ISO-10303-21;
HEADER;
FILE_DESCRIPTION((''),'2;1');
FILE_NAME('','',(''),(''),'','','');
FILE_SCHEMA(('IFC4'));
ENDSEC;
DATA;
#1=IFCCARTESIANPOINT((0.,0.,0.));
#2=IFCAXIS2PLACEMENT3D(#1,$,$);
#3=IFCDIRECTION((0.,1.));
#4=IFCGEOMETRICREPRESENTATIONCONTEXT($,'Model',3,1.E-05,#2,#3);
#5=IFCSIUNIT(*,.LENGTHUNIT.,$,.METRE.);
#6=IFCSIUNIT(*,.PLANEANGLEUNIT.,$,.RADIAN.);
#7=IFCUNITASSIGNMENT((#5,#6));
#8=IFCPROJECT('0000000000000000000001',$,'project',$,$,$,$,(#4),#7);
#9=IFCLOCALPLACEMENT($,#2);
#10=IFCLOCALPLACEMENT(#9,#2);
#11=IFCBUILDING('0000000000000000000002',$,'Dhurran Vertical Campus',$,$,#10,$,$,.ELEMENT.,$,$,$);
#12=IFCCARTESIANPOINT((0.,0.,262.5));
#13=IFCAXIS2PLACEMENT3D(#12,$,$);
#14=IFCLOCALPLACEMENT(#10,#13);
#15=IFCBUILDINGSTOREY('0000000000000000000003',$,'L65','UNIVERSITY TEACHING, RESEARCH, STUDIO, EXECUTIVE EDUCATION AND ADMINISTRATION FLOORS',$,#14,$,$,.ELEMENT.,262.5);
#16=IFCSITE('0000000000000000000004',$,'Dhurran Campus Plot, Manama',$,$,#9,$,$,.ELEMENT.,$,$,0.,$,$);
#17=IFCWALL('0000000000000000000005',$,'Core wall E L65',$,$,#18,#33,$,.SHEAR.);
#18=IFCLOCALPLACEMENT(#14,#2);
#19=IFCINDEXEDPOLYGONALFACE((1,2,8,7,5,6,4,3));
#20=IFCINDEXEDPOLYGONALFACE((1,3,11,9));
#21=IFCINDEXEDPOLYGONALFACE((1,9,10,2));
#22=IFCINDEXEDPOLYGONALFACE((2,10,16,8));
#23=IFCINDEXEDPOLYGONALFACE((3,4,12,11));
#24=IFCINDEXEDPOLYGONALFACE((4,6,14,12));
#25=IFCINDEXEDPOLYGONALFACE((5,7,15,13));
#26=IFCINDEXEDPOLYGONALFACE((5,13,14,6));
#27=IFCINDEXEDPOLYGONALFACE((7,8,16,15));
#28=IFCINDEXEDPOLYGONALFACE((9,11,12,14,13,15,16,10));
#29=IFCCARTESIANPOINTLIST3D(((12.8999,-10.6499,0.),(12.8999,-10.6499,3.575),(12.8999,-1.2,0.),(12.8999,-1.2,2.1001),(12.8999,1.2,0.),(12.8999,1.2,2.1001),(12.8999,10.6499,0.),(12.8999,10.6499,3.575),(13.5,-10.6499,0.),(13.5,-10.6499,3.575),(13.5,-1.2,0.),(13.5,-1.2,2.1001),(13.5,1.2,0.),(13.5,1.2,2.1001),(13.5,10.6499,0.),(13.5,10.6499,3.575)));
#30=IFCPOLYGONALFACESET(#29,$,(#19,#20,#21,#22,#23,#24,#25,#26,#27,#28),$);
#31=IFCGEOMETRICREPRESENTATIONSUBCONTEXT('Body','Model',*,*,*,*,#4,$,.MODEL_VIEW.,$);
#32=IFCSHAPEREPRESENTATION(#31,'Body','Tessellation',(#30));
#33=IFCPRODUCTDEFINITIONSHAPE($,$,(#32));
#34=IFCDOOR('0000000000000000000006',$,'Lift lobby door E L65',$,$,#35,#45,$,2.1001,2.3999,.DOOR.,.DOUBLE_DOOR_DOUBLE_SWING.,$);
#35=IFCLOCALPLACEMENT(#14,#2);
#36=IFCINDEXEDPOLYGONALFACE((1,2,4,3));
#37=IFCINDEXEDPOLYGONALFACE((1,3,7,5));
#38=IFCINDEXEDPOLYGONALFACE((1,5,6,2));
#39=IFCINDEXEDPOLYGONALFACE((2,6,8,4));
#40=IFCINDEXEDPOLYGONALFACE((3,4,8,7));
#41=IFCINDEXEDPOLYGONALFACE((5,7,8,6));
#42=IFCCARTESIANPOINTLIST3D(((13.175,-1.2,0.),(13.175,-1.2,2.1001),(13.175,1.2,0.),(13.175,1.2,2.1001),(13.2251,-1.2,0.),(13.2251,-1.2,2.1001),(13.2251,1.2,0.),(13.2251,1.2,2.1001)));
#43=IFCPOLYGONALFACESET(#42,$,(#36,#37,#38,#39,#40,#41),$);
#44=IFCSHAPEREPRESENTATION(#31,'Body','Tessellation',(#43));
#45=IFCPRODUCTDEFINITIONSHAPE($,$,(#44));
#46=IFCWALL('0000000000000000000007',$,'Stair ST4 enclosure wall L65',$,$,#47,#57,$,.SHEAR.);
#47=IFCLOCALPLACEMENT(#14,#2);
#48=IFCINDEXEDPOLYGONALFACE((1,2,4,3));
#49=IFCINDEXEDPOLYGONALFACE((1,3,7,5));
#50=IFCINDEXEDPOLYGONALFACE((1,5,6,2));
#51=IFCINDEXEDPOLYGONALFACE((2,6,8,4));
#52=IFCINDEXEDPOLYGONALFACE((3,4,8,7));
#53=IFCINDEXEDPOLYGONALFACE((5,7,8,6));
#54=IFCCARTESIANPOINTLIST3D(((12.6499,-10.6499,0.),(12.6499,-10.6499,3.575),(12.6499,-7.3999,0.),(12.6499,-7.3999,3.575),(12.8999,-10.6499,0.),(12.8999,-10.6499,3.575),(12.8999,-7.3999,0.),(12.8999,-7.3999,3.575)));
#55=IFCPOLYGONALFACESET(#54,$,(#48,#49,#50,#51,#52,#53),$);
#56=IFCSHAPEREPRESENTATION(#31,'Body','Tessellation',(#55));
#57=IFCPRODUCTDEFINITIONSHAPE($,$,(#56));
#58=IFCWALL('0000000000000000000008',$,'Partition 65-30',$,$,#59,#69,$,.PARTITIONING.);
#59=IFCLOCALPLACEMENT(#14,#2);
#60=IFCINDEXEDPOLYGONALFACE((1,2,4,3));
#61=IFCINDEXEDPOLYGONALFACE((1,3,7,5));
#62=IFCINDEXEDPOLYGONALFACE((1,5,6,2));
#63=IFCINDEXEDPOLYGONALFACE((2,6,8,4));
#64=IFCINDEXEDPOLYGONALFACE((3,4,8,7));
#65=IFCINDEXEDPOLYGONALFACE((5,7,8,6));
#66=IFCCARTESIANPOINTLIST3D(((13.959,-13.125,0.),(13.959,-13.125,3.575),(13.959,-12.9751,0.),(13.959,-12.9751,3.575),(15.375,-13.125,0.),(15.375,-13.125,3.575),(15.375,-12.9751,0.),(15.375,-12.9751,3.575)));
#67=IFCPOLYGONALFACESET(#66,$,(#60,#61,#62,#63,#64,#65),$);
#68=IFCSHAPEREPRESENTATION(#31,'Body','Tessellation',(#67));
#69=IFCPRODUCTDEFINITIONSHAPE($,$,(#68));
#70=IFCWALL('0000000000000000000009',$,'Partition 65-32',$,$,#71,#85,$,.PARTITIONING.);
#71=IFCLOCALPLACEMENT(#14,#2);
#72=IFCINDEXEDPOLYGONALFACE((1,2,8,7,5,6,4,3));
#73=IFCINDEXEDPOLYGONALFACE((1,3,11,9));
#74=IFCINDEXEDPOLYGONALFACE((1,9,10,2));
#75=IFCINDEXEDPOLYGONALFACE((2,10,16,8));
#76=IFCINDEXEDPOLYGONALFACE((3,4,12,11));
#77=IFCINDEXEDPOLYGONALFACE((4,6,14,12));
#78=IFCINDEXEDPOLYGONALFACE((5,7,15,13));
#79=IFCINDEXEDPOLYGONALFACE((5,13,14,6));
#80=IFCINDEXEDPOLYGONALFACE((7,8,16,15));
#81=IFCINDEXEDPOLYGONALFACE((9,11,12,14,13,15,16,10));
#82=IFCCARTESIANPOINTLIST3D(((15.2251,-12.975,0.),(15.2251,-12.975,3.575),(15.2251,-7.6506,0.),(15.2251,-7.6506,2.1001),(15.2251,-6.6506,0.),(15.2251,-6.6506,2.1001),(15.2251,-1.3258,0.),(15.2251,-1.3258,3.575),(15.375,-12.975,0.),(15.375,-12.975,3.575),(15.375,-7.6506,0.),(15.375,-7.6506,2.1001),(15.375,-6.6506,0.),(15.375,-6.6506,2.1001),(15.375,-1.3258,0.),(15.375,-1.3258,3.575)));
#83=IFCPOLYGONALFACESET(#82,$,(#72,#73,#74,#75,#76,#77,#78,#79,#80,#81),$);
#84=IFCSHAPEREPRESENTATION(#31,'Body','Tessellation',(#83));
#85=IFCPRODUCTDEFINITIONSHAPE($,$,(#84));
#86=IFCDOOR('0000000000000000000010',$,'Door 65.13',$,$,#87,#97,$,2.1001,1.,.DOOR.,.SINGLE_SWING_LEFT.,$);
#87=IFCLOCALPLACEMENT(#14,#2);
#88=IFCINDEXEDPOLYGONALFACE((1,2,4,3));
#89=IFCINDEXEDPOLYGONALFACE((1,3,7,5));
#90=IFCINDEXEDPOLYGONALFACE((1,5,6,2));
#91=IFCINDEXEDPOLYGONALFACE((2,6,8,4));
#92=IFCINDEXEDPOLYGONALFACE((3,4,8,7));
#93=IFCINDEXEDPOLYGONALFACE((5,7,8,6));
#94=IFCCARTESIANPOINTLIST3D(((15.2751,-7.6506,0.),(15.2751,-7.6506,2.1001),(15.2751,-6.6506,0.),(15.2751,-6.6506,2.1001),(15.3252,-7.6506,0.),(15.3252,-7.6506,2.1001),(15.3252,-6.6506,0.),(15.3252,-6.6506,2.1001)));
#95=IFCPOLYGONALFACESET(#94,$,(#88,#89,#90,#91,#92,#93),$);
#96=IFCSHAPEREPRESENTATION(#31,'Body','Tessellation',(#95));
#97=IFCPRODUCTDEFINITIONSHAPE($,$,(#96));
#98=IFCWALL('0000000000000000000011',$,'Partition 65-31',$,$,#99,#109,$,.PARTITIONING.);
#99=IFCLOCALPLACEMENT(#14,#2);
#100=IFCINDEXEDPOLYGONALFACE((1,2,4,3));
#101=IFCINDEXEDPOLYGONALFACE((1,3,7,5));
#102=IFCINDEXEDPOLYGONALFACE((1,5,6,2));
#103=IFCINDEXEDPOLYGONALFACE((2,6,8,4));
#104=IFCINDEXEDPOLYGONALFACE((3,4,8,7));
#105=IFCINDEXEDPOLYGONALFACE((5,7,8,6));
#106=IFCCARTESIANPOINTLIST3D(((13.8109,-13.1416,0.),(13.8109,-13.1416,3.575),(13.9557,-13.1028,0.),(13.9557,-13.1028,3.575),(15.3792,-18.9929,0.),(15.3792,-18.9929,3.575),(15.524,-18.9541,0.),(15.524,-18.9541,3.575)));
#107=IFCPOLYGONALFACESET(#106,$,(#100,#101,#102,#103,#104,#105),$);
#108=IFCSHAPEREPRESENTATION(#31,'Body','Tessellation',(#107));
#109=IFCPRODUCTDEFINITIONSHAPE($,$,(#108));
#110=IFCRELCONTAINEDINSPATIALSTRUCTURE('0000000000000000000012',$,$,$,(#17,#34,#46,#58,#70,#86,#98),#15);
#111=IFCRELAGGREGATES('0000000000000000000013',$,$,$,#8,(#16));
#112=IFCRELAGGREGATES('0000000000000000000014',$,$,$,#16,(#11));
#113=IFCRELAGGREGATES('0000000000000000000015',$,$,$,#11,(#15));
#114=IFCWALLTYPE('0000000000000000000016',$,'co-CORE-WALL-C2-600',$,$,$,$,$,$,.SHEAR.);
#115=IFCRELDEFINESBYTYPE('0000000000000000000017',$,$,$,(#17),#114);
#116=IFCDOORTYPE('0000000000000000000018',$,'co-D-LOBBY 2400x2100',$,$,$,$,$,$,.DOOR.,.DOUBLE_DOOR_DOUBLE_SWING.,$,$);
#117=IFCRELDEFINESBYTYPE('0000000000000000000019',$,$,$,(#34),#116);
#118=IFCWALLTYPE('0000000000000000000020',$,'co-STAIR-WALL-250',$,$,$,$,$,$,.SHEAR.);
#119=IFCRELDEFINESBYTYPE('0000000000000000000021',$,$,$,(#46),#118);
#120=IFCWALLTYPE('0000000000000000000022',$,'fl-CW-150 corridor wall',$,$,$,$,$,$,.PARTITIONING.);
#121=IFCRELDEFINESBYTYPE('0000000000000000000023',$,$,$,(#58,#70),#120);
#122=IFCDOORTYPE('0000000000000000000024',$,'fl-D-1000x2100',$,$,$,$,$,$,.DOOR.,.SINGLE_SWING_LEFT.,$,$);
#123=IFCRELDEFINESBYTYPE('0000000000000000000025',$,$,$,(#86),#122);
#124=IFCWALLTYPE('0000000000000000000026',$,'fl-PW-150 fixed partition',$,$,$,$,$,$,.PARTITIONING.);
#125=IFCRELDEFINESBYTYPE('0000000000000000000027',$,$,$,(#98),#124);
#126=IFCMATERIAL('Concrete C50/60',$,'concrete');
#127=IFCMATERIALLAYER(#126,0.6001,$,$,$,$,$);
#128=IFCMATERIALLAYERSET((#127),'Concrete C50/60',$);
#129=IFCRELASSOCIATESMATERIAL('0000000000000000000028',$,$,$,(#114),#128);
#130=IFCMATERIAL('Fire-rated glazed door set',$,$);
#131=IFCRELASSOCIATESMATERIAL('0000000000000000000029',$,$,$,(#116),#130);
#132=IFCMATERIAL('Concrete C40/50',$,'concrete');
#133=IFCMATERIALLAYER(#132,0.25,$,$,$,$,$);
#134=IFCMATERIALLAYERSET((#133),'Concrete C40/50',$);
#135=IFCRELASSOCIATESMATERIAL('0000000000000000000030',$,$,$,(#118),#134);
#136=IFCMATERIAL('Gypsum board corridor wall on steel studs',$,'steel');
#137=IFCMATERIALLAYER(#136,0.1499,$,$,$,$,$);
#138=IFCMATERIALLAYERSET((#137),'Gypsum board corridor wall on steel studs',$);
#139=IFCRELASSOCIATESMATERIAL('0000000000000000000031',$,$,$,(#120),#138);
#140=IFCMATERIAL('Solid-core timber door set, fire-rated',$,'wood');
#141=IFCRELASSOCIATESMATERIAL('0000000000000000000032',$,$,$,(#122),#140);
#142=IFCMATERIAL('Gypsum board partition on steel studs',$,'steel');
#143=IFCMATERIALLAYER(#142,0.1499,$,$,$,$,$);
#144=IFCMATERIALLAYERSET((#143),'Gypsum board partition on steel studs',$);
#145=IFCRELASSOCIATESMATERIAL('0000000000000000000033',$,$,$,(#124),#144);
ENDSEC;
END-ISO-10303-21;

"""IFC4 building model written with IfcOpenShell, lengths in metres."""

from ifc_helpers import new_model, si_unit, direction, frame, frame_2d, origin, place, context, subcontext, project, spatial, rectangle, extrude, material, layer, layer_set, type_object, element, fill, save


model = new_model("IFC4")

# Units and contexts
model_context = context("Model", 3, precision=1e-05, world=origin(), true_north=direction((0.0, 1.0)))
body_context = subcontext(model_context, "Body", "Model", "MODEL_VIEW")
ifc_project = project(units=[si_unit("LENGTHUNIT", "METRE"), si_unit("PLANEANGLEUNIT", "RADIAN")], contexts=[model_context])

# Site, building, storey
site_placement = place(None, origin())
site = spatial("IfcSite", under=ifc_project, at=site_placement, Name="Dhurran Campus Plot, Manama", CompositionType="ELEMENT", RefElevation=0.0)
building_placement = place(site_placement, origin())
building = spatial("IfcBuilding", under=site, at=building_placement, Name="Dhurran Vertical Campus", CompositionType="ELEMENT")
storey_placement = place(building_placement, frame((0.0, 0.0, 262.5)))
storey = spatial("IfcBuildingStorey", under=building, at=storey_placement, Name="L65", Description="UNIVERSITY TEACHING, RESEARCH, STUDIO, EXECUTIVE EDUCATION AND ADMINISTRATION FLOORS", CompositionType="ELEMENT", Elevation=262.5)

# Wall, opening, door
ifc_material_1 = material(Name="Concrete C50/60", Category="concrete")
ifc_layer_1 = layer(ifc_material_1, 0.6001)
ifc_layer_set_1 = layer_set([ifc_layer_1], Name="Concrete C50/60")
wall_type_1 = type_object("IfcWallType", Name="co-CORE-WALL-C2-600", PredefinedType="SHEAR", material=ifc_layer_set_1)
wall_1_placement = place(storey_placement, frame((13.2, -10.6499, 0.0), z_axis=(0.0, 0.0, 1.0), x_axis=(0.0, 1.0, 0.0)))
wall_1 = element("IfcWall", 1, at=wall_1_placement, inside=storey, type_object=wall_type_1, Name="Core wall E L65", PredefinedType="SHEAR", context=body_context, shape_type="SweptSolid", body=[
    extrude(rectangle(XDim=21.2998, YDim=0.6001, at=frame_2d((10.6499, 0.0))), origin(), (0.0, 0.0, 1.0), 3.575),
])
opening_1_placement = place(wall_1_placement, frame((9.45, 0.0, 0.0)))
opening_1 = element("IfcOpeningElement", 2, at=opening_1_placement, cuts=wall_1, PredefinedType="OPENING", context=body_context, shape_type="SweptSolid", body=[
    extrude(rectangle(XDim=2.3999, YDim=2.1001, at=frame_2d((1.2, 1.05))), frame((0.0, 0.3101, 0.0), z_axis=(0.0, -1.0, 0.0), x_axis=(1.0, 0.0, 0.0)), (0.0, 0.0, 1.0), 0.6201),
])
ifc_material_2 = material(Name="Fire-rated glazed door set")
door_type_1 = type_object("IfcDoorType", Name="co-D-LOBBY 2400x2100", OperationType="DOUBLE_DOOR_DOUBLE_SWING", PredefinedType="DOOR", material=ifc_material_2)
door_1_placement = place(opening_1_placement, origin())
door_1 = element("IfcDoor", 3, at=door_1_placement, inside=storey, type_object=door_type_1, Name="Lift lobby door E L65", OperationType="DOUBLE_DOOR_DOUBLE_SWING", OverallHeight=2.1001, OverallWidth=2.3999, PredefinedType="DOOR", context=body_context, shape_type="SweptSolid", body=[
    extrude(rectangle(XDim=2.3999, YDim=2.1001, at=frame_2d((1.2, 1.05))), frame((0.0, 0.0249, 0.0), z_axis=(0.0, -1.0, 0.0), x_axis=(1.0, 0.0, 0.0)), (0.0, 0.0, 1.0), 0.05),
])
fill(opening_1, door_1)

# Walls
ifc_material_3 = material(Name="Concrete C40/50", Category="concrete")
ifc_layer_2 = layer(ifc_material_3, 0.25)
ifc_layer_set_2 = layer_set([ifc_layer_2], Name="Concrete C40/50")
wall_type_2 = type_object("IfcWallType", Name="co-STAIR-WALL-250", PredefinedType="SHEAR", material=ifc_layer_set_2)
wall_2_placement = place(storey_placement, frame((12.7749, -10.6499, 0.0), z_axis=(0.0, 0.0, 1.0), x_axis=(0.0, 1.0, 0.0)))
element("IfcWall", 4, at=wall_2_placement, inside=storey, type_object=wall_type_2, Name="Stair ST4 enclosure wall L65", PredefinedType="SHEAR", context=body_context, shape_type="SweptSolid", body=[
    extrude(rectangle(XDim=3.25, YDim=0.25, at=frame_2d((1.625, 0.0))), origin(), (0.0, 0.0, 1.0), 3.575),
])
ifc_material_4 = material(Name="Gypsum board corridor wall on steel studs", Category="steel")
ifc_layer_3 = layer(ifc_material_4, 0.1499)
ifc_layer_set_3 = layer_set([ifc_layer_3], Name="Gypsum board corridor wall on steel studs")
wall_type_3 = type_object("IfcWallType", Name="fl-CW-150 corridor wall", PredefinedType="PARTITIONING", material=ifc_layer_set_3)
wall_3_placement = place(storey_placement, frame((13.959, -13.05, 0.0), z_axis=(0.0, 0.0, 1.0), x_axis=(1.0, 0.0, 0.0)))
element("IfcWall", 5, at=wall_3_placement, inside=storey, type_object=wall_type_3, Name="Partition 65-30", PredefinedType="PARTITIONING", context=body_context, shape_type="SweptSolid", body=[
    extrude(rectangle(XDim=1.416, YDim=0.1499, at=frame_2d((0.708, 0.0))), origin(), (0.0, 0.0, 1.0), 3.575),
])

# Wall, opening, door
wall_4_placement = place(storey_placement, frame((15.3, -12.9751, 0.0), z_axis=(0.0, 0.0, 1.0), x_axis=(0.0, 1.0, 0.0)))
wall_4 = element("IfcWall", 6, at=wall_4_placement, inside=storey, type_object=wall_type_3, Name="Partition 65-32", PredefinedType="PARTITIONING", context=body_context, shape_type="SweptSolid", body=[
    extrude(rectangle(XDim=11.6492, YDim=0.1499, at=frame_2d((5.8247, 0.0))), origin(), (0.0, 0.0, 1.0), 3.575),
])
opening_2_placement = place(wall_4_placement, frame((5.3245, 0.0, 0.0)))
opening_2 = element("IfcOpeningElement", 7, at=opening_2_placement, cuts=wall_4, PredefinedType="OPENING", context=body_context, shape_type="SweptSolid", body=[
    extrude(rectangle(XDim=1.0, YDim=2.1001, at=frame_2d((0.5, 1.05))), frame((0.0, 0.085, 0.0), z_axis=(0.0, -1.0, 0.0), x_axis=(1.0, 0.0, 0.0)), (0.0, 0.0, 1.0), 0.1699),
])
ifc_material_5 = material(Name="Solid-core timber door set, fire-rated", Category="wood")
door_type_2 = type_object("IfcDoorType", Name="fl-D-1000x2100", OperationType="SINGLE_SWING_LEFT", PredefinedType="DOOR", material=ifc_material_5)
door_2_placement = place(opening_2_placement, origin())
door_2 = element("IfcDoor", 8, at=door_2_placement, inside=storey, type_object=door_type_2, Name="Door 65.13", OperationType="SINGLE_SWING_LEFT", OverallHeight=2.1001, OverallWidth=1.0, PredefinedType="DOOR", context=body_context, shape_type="SweptSolid", body=[
    extrude(rectangle(XDim=1.0, YDim=2.1001, at=frame_2d((0.5, 1.05))), frame((0.0, 0.0249, 0.0), z_axis=(0.0, -1.0, 0.0), x_axis=(1.0, 0.0, 0.0)), (0.0, 0.0, 1.0), 0.05),
])
fill(opening_2, door_2)

# Wall
ifc_material_6 = material(Name="Gypsum board partition on steel studs", Category="steel")
ifc_layer_4 = layer(ifc_material_6, 0.1499)
ifc_layer_set_4 = layer_set([ifc_layer_4], Name="Gypsum board partition on steel studs")
wall_type_4 = type_object("IfcWallType", Name="fl-PW-150 fixed partition", PredefinedType="PARTITIONING", material=ifc_layer_set_4)
wall_5_placement = place(storey_placement, frame((13.8833, -13.1223, 0.0), z_axis=(0.0, 0.0, 1.0), x_axis=(0.258897, -0.965905, 0.0)))
element("IfcWall", 9, at=wall_5_placement, inside=storey, type_object=wall_type_4, Name="Partition 65-31", PredefinedType="PARTITIONING", context=body_context, shape_type="SweptSolid", body=[
    extrude(rectangle(XDim=6.0579, YDim=0.1499, at=frame_2d((3.0288, 0.0))), origin(), (0.0, 0.0, 1.0), 3.575),
])

save(model, "model.ifc")
